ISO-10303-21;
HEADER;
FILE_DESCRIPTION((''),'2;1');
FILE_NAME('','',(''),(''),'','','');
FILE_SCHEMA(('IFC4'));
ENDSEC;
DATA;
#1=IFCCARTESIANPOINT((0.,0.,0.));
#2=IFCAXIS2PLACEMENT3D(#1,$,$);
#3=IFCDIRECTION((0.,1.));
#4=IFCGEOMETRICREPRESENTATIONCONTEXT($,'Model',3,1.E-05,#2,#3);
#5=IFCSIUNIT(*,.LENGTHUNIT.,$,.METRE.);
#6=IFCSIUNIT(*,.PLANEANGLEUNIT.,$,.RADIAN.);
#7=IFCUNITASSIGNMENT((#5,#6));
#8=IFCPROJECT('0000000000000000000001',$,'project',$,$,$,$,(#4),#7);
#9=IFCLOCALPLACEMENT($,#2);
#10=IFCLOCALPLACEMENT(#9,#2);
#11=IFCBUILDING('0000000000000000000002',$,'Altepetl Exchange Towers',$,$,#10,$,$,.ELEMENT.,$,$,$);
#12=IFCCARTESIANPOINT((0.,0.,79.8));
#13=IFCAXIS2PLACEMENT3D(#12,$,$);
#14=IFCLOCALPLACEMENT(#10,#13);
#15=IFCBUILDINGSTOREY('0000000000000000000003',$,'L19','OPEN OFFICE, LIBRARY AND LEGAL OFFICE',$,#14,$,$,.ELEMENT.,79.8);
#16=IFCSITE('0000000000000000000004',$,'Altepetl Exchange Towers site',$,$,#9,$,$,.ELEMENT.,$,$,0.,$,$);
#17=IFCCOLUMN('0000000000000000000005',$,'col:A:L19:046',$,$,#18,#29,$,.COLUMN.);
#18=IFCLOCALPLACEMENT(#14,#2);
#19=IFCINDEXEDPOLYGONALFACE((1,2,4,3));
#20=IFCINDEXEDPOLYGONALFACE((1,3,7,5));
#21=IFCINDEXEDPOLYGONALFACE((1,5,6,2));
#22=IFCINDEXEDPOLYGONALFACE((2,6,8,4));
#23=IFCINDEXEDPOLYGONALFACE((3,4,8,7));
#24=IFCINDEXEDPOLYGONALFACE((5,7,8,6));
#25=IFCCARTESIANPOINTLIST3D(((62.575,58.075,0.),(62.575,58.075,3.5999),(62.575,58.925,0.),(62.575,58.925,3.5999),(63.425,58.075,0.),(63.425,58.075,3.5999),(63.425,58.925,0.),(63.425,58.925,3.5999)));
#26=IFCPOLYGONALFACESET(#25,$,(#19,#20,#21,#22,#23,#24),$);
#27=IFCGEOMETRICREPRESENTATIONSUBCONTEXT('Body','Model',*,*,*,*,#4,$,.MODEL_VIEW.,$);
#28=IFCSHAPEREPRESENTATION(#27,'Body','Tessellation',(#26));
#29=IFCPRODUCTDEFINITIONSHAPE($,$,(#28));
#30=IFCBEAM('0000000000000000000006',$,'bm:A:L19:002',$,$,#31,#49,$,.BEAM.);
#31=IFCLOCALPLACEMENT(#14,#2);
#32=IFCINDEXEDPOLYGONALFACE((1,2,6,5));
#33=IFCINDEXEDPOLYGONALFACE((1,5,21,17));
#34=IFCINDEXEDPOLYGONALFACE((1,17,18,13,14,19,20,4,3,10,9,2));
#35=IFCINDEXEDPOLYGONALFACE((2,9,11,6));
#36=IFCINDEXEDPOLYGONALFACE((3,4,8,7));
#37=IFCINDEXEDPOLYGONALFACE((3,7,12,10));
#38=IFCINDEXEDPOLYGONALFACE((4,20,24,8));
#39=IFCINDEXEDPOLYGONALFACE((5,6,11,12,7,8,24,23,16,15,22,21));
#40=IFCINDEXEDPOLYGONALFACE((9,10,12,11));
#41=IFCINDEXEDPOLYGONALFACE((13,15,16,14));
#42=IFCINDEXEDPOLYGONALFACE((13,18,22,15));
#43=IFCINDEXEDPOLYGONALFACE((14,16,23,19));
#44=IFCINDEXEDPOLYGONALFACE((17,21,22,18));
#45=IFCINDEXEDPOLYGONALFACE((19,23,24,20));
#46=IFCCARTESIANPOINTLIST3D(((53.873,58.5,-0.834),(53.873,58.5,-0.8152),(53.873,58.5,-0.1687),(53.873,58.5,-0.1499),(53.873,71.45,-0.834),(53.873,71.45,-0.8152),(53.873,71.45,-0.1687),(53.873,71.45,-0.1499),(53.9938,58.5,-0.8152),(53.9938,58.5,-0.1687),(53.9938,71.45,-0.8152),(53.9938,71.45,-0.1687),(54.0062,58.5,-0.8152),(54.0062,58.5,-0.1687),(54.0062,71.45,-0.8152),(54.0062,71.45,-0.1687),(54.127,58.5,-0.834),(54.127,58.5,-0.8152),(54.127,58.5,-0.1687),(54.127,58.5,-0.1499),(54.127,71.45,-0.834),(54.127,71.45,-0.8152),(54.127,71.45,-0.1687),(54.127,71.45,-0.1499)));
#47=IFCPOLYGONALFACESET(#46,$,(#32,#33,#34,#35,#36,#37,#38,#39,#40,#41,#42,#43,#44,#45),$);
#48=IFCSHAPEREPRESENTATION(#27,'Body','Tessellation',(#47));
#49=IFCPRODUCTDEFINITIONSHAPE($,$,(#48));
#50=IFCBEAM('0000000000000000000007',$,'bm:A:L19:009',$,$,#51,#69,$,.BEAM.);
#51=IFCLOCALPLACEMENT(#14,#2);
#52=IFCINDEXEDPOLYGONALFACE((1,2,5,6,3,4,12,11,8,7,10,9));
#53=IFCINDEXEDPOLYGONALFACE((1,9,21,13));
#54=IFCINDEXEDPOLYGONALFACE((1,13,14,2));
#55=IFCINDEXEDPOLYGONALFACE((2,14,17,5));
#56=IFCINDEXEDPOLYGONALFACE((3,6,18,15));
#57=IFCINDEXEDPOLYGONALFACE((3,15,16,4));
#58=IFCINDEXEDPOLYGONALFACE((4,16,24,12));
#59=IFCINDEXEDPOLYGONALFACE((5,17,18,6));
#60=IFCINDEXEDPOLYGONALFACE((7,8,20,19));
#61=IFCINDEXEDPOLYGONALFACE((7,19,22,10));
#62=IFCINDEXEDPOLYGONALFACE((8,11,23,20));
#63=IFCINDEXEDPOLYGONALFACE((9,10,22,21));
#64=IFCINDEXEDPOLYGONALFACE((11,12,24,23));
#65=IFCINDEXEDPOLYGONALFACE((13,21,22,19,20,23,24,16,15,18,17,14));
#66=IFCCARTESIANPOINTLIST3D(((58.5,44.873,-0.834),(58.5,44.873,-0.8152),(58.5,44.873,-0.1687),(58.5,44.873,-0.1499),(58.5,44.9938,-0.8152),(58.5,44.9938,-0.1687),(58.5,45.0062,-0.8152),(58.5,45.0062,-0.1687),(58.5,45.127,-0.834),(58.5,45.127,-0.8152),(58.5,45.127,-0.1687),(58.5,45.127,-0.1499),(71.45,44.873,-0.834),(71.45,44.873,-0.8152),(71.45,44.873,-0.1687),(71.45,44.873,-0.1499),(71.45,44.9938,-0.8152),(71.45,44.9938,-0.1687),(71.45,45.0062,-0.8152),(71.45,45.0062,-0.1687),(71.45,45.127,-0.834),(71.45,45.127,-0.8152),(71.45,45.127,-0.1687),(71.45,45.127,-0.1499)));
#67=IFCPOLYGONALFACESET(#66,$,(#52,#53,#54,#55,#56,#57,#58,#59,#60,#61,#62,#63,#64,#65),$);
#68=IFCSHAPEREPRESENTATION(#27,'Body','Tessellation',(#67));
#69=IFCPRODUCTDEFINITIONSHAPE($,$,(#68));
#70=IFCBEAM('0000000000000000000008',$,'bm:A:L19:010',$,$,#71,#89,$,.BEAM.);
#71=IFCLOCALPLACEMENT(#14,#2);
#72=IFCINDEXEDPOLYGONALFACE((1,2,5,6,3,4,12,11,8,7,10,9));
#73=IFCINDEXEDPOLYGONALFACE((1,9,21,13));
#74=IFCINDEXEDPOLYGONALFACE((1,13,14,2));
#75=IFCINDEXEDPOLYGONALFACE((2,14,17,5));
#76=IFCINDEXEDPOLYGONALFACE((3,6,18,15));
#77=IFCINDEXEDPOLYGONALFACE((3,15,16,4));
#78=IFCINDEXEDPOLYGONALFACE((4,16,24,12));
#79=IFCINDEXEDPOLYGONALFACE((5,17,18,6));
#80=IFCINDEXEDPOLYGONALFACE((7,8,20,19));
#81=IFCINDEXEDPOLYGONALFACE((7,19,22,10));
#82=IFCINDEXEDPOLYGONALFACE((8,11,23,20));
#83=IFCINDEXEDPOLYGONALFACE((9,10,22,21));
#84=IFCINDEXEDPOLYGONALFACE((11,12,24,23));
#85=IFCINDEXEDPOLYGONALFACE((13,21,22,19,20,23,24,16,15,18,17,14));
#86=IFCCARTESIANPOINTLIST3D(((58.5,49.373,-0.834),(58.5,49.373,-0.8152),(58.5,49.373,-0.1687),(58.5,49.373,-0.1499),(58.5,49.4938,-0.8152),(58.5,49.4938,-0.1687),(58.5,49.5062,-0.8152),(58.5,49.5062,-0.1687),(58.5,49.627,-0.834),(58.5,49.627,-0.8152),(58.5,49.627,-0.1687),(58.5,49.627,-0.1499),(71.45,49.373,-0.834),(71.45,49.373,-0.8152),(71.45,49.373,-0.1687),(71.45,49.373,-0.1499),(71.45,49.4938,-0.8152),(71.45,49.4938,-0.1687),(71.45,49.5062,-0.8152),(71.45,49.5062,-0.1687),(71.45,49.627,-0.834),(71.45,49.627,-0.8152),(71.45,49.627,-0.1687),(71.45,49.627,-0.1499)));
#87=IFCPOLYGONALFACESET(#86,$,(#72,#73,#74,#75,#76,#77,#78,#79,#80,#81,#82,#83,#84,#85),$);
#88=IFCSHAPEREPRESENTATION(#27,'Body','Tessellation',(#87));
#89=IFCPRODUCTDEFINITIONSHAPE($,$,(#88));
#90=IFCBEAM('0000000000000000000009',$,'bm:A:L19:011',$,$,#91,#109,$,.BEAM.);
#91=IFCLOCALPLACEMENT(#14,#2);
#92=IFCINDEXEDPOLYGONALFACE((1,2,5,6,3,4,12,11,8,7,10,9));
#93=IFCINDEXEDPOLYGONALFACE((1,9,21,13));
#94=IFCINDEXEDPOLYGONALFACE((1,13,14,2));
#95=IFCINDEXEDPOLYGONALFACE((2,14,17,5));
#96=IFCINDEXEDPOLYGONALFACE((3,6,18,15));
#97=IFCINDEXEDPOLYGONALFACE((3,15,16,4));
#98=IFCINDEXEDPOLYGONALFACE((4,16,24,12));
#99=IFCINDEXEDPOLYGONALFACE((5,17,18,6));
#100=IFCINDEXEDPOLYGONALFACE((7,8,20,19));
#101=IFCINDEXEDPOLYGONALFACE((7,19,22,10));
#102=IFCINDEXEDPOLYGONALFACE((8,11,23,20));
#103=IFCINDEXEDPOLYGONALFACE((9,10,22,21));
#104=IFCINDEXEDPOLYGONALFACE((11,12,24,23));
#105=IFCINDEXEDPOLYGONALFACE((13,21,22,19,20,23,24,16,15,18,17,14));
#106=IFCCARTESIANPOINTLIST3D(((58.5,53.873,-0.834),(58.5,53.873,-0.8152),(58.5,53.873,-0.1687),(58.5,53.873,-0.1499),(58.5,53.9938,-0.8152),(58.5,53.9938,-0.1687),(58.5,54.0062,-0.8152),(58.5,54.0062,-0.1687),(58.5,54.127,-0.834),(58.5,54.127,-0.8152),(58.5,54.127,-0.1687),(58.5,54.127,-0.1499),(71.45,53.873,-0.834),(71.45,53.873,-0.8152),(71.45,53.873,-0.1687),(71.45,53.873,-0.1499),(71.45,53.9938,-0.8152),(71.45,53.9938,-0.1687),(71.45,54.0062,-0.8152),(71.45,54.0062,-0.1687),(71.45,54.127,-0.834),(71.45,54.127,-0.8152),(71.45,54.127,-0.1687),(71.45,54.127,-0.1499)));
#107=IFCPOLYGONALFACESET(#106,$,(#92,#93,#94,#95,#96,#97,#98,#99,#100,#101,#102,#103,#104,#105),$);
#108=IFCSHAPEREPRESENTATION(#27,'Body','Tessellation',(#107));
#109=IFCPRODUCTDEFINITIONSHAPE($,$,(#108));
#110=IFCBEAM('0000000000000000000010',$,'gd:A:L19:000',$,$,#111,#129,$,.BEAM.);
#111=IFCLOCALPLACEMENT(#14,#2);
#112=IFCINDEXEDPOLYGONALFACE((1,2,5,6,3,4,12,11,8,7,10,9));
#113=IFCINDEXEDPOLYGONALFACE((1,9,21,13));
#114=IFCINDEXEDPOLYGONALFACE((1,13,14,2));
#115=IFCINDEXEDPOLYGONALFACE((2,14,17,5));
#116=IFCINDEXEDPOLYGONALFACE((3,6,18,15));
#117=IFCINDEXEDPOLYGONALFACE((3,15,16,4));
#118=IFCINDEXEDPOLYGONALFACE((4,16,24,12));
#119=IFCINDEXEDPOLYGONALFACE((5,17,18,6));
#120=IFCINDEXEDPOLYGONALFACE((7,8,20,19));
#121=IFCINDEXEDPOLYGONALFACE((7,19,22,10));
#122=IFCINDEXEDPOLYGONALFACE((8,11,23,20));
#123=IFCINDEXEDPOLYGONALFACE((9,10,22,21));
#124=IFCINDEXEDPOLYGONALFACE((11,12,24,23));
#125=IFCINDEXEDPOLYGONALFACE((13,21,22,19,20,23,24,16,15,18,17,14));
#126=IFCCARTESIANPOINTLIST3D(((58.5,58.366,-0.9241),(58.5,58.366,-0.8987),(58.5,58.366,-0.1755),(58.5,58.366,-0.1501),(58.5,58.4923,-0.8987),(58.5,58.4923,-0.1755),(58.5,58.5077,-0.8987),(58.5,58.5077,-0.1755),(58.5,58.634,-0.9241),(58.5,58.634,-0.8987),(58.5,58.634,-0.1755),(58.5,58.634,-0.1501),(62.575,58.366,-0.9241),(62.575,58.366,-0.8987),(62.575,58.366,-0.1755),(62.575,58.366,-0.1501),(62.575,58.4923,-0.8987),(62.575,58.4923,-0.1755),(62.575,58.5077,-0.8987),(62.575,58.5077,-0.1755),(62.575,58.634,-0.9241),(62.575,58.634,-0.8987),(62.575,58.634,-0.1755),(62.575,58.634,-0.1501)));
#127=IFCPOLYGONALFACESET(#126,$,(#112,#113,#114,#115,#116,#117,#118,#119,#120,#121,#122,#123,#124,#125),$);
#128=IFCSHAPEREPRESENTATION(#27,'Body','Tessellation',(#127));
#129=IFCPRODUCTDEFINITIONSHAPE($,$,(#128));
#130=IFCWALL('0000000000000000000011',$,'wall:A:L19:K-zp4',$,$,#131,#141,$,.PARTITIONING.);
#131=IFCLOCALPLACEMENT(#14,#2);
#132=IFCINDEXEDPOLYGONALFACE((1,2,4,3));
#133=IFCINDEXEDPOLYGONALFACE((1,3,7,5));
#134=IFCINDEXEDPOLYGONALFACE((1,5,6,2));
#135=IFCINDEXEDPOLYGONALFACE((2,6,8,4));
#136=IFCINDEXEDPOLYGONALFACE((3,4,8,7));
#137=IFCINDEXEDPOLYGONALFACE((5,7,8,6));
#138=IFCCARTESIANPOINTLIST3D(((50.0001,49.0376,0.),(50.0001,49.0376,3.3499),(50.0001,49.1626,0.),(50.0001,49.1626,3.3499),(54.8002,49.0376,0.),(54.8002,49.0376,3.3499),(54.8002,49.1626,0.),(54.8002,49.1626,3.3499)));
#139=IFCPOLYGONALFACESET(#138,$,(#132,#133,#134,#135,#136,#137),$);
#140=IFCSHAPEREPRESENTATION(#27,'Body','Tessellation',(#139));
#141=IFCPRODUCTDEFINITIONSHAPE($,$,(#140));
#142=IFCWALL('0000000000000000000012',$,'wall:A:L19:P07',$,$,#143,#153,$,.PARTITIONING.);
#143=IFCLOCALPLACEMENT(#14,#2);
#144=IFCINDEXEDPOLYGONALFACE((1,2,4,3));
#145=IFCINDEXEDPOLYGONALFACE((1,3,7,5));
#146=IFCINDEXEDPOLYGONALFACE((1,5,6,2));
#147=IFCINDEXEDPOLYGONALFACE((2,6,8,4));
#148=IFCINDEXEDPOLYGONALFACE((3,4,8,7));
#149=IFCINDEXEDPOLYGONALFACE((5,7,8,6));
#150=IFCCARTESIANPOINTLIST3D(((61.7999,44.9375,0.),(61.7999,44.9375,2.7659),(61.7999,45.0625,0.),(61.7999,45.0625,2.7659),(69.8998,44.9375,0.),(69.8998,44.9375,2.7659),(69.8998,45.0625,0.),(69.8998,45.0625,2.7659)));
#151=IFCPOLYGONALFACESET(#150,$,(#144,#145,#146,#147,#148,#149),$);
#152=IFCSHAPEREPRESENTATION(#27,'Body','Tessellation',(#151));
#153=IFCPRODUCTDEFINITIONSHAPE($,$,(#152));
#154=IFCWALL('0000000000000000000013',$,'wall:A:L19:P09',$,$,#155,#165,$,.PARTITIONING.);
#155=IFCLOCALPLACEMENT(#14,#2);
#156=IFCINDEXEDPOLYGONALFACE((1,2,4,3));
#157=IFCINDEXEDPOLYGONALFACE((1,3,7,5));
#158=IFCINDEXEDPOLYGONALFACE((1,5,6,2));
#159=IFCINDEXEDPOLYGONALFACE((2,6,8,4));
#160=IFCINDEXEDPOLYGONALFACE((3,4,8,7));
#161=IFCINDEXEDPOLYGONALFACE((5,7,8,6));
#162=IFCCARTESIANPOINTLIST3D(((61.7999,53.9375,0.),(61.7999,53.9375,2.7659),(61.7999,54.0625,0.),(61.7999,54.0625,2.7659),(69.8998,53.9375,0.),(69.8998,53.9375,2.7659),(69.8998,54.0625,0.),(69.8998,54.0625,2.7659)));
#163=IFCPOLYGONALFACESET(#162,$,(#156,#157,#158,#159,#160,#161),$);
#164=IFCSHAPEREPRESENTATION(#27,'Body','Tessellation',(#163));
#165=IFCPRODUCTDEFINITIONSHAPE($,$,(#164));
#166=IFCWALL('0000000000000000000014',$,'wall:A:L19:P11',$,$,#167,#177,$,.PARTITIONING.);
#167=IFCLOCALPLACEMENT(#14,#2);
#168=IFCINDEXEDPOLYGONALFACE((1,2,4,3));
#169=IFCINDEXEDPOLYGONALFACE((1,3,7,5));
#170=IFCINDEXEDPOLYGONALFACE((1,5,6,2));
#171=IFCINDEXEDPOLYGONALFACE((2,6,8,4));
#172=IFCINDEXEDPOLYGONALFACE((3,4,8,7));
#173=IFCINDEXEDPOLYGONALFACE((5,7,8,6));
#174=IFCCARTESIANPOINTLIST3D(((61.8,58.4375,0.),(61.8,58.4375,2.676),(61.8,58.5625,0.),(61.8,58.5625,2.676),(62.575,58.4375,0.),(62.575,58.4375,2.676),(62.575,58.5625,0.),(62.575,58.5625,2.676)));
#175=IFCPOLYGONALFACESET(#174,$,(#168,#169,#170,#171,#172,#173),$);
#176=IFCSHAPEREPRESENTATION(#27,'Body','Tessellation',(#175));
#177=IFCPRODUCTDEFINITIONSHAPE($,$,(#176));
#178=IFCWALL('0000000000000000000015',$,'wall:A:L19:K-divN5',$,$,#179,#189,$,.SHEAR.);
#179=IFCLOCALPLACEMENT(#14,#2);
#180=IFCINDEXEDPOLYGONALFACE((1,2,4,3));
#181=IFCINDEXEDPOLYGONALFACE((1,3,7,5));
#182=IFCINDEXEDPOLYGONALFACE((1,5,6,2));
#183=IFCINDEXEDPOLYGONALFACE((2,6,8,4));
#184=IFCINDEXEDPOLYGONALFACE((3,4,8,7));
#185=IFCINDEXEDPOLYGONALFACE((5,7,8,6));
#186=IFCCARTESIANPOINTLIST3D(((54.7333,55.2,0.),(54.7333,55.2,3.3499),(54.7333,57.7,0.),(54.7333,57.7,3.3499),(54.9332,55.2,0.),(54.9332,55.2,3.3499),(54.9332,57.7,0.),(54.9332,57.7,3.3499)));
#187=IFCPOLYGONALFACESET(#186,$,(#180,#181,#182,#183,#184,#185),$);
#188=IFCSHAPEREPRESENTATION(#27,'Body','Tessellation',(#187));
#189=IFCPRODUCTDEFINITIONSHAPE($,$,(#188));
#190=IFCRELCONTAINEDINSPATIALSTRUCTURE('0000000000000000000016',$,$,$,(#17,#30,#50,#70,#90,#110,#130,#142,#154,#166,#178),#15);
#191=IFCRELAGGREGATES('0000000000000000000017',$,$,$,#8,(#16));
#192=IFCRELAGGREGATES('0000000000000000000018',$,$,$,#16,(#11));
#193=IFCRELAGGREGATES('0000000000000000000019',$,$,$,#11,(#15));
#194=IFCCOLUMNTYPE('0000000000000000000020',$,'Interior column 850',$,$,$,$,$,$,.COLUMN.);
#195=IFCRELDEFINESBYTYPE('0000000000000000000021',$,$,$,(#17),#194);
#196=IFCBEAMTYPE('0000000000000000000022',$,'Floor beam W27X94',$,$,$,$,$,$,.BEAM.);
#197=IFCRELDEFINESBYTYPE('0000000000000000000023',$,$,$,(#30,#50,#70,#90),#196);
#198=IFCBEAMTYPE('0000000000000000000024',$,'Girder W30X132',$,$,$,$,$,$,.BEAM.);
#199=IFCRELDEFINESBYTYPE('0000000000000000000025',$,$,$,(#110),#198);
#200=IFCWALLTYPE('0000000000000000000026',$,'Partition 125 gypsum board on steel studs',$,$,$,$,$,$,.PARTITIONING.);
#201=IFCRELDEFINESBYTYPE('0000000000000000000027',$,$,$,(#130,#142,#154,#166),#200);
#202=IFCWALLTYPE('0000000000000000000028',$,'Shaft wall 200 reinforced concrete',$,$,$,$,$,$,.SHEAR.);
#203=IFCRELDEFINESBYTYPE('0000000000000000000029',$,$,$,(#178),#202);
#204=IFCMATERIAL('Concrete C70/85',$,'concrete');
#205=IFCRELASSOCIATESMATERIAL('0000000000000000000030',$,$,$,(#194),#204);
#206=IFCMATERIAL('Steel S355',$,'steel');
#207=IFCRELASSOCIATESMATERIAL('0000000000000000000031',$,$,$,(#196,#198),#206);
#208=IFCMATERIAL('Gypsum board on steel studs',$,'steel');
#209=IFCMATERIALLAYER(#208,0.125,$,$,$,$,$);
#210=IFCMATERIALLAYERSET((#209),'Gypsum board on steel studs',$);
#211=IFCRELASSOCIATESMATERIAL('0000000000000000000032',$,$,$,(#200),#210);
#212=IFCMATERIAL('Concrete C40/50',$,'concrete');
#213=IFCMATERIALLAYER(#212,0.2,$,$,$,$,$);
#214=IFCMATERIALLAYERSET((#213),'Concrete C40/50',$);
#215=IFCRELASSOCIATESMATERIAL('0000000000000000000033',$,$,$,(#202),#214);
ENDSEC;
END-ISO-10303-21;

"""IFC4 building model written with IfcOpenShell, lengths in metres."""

from ifc_helpers import new_model, si_unit, direction, frame, frame_2d, origin, origin_2d, place, context, subcontext, project, spatial, rectangle, i_section, extrude, material, layer, layer_set, material_profile, profile_set, type_object, element, save


model = new_model("IFC4")

# Units and contexts
model_context = context("Model", 3, precision=1e-05, world=origin(), true_north=direction((0.0, 1.0)))
body_context = subcontext(model_context, "Body", "Model", "MODEL_VIEW")
ifc_project = project(units=[si_unit("LENGTHUNIT", "METRE"), si_unit("PLANEANGLEUNIT", "RADIAN")], contexts=[model_context])

# Site, building, storey
site_placement = place(None, origin())
site = spatial("IfcSite", under=ifc_project, at=site_placement, Name="Altepetl Exchange Towers site", CompositionType="ELEMENT", RefElevation=0.0)
building_placement = place(site_placement, origin())
building = spatial("IfcBuilding", under=site, at=building_placement, Name="Altepetl Exchange Towers", CompositionType="ELEMENT")
storey_placement = place(building_placement, frame((0.0, 0.0, 79.8)))
storey = spatial("IfcBuildingStorey", under=building, at=storey_placement, Name="L19", Description="OPEN OFFICE, LIBRARY AND LEGAL OFFICE", CompositionType="ELEMENT", Elevation=79.8)

# Column
ifc_material_1 = material(Name="Concrete C70/85", Category="concrete")
ifc_material_profile_1 = material_profile(ifc_material_1, rectangle(XDim=0.8501, YDim=0.8501, at=origin_2d()), Name="850 x 850")
ifc_profile_set_1 = profile_set([ifc_material_profile_1], Name="Concrete C70/85")
column_type = type_object("IfcColumnType", Name="Interior column 850", PredefinedType="COLUMN", material=ifc_profile_set_1)
column_placement = place(storey_placement, frame((63.0, 58.5, 0.0)))
element("IfcColumn", 1, at=column_placement, inside=storey, type_object=column_type, Name="col:A:L19:046", PredefinedType="COLUMN", context=body_context, shape_type="SweptSolid", body=[
    extrude(rectangle(XDim=0.8501, YDim=0.8501, at=origin_2d()), origin(), (0.0, 0.0, 1.0), 3.5999),
])

# Beams
ifc_material_2 = material(Name="Steel S355", Category="steel")
ifc_material_profile_2 = material_profile(ifc_material_2, i_section(OverallWidth=0.2539, OverallDepth=0.6841, WebThickness=0.0125, FlangeThickness=0.0188, at=origin_2d()), Name="W27X94")
ifc_profile_set_2 = profile_set([ifc_material_profile_2], Name="Steel S355")
beam_type_1 = type_object("IfcBeamType", Name="Floor beam W27X94", PredefinedType="BEAM", material=ifc_profile_set_2)
for number, where, z_axis, x_axis, name in (
    (2, (54.0, 58.5, -0.4919), (0.0, 1.0, 0.0), (-1.0, 0.0, 0.0), "bm:A:L19:002"),
    (3, (58.5, 45.0, -0.4919), (1.0, 0.0, 0.0), (0.0, 1.0, 0.0), "bm:A:L19:009"),
    (4, (58.5, 49.5, -0.4919), (1.0, 0.0, 0.0), (0.0, 1.0, 0.0), "bm:A:L19:010"),
    (5, (58.5, 54.0, -0.4919), (1.0, 0.0, 0.0), (0.0, 1.0, 0.0), "bm:A:L19:011"),
):
    element("IfcBeam", number, at=place(storey_placement, frame(where, z_axis=z_axis, x_axis=x_axis)), inside=storey, type_object=beam_type_1, Name=name, PredefinedType="BEAM", context=body_context, shape_type="SweptSolid", body=[
        extrude(i_section(OverallWidth=0.2539, OverallDepth=0.6841, WebThickness=0.0125, FlangeThickness=0.0188, at=origin_2d()), origin(), (0.0, 0.0, 1.0), 12.95),
    ])
ifc_material_profile_3 = material_profile(ifc_material_2, i_section(OverallWidth=0.2681, OverallDepth=0.7739, WebThickness=0.0154, FlangeThickness=0.0254, at=origin_2d()), Name="W30X132")
ifc_profile_set_3 = profile_set([ifc_material_profile_3], Name="Steel S355")
beam_type_2 = type_object("IfcBeamType", Name="Girder W30X132", PredefinedType="BEAM", material=ifc_profile_set_3)
beam_placement = place(storey_placement, frame((58.5, 58.5, -0.5371), z_axis=(1.0, 0.0, 0.0), x_axis=(0.0, 1.0, 0.0)))
element("IfcBeam", 6, at=beam_placement, inside=storey, type_object=beam_type_2, Name="gd:A:L19:000", PredefinedType="BEAM", context=body_context, shape_type="SweptSolid", body=[
    extrude(i_section(OverallWidth=0.2681, OverallDepth=0.7739, WebThickness=0.0154, FlangeThickness=0.0254, at=origin_2d()), origin(), (0.0, 0.0, 1.0), 4.075),
])

# Walls
ifc_material_3 = material(Name="Gypsum board on steel studs", Category="steel")
ifc_layer_1 = layer(ifc_material_3, 0.125)
ifc_layer_set_1 = layer_set([ifc_layer_1], Name="Gypsum board on steel studs")
wall_type_1 = type_object("IfcWallType", Name="Partition 125 gypsum board on steel studs", PredefinedType="PARTITIONING", material=ifc_layer_set_1)
wall_1_placement = place(storey_placement, frame((54.8, 49.1001, 0.0), z_axis=(0.0, 0.0, 1.0), x_axis=(-1.0, 0.0, 0.0)))
element("IfcWall", 7, at=wall_1_placement, inside=storey, type_object=wall_type_1, Name="wall:A:L19:K-zp4", PredefinedType="PARTITIONING", context=body_context, shape_type="SweptSolid", body=[
    extrude(rectangle(XDim=4.8, YDim=0.125, at=frame_2d((2.3999, 0.0))), origin(), (0.0, 0.0, 1.0), 3.3499),
])
for number, where, name in (
    (8, (61.8, 45.0, 0.0), "wall:A:L19:P07"),
    (9, (61.8, 54.0, 0.0), "wall:A:L19:P09"),
):
    element("IfcWall", number, at=place(storey_placement, frame(where)), inside=storey, type_object=wall_type_1, Name=name, PredefinedType="PARTITIONING", context=body_context, shape_type="SweptSolid", body=[
        extrude(rectangle(XDim=8.0999, YDim=0.125, at=frame_2d((4.0498, 0.0))), origin(), (0.0, 0.0, 1.0), 2.7659),
    ])
wall_2_placement = place(storey_placement, frame((61.8, 58.5, 0.0)))
element("IfcWall", 10, at=wall_2_placement, inside=storey, type_object=wall_type_1, Name="wall:A:L19:P11", PredefinedType="PARTITIONING", context=body_context, shape_type="SweptSolid", body=[
    extrude(rectangle(XDim=0.7749, YDim=0.125, at=frame_2d((0.3875, 0.0))), origin(), (0.0, 0.0, 1.0), 2.676),
])
ifc_material_4 = material(Name="Concrete C40/50", Category="concrete")
ifc_layer_2 = layer(ifc_material_4, 0.2)
ifc_layer_set_2 = layer_set([ifc_layer_2], Name="Concrete C40/50")
wall_type_2 = type_object("IfcWallType", Name="Shaft wall 200 reinforced concrete", PredefinedType="SHEAR", material=ifc_layer_set_2)
wall_3_placement = place(storey_placement, frame((54.8333, 57.7, 0.0), z_axis=(0.0, 0.0, 1.0), x_axis=(0.0, -1.0, 0.0)))
element("IfcWall", 11, at=wall_3_placement, inside=storey, type_object=wall_type_2, Name="wall:A:L19:K-divN5", PredefinedType="SHEAR", context=body_context, shape_type="SweptSolid", body=[
    extrude(rectangle(XDim=2.5, YDim=0.2, at=frame_2d((1.25, 0.0))), origin(), (0.0, 0.0, 1.0), 3.3499),
])

save(model, "model.ifc")
